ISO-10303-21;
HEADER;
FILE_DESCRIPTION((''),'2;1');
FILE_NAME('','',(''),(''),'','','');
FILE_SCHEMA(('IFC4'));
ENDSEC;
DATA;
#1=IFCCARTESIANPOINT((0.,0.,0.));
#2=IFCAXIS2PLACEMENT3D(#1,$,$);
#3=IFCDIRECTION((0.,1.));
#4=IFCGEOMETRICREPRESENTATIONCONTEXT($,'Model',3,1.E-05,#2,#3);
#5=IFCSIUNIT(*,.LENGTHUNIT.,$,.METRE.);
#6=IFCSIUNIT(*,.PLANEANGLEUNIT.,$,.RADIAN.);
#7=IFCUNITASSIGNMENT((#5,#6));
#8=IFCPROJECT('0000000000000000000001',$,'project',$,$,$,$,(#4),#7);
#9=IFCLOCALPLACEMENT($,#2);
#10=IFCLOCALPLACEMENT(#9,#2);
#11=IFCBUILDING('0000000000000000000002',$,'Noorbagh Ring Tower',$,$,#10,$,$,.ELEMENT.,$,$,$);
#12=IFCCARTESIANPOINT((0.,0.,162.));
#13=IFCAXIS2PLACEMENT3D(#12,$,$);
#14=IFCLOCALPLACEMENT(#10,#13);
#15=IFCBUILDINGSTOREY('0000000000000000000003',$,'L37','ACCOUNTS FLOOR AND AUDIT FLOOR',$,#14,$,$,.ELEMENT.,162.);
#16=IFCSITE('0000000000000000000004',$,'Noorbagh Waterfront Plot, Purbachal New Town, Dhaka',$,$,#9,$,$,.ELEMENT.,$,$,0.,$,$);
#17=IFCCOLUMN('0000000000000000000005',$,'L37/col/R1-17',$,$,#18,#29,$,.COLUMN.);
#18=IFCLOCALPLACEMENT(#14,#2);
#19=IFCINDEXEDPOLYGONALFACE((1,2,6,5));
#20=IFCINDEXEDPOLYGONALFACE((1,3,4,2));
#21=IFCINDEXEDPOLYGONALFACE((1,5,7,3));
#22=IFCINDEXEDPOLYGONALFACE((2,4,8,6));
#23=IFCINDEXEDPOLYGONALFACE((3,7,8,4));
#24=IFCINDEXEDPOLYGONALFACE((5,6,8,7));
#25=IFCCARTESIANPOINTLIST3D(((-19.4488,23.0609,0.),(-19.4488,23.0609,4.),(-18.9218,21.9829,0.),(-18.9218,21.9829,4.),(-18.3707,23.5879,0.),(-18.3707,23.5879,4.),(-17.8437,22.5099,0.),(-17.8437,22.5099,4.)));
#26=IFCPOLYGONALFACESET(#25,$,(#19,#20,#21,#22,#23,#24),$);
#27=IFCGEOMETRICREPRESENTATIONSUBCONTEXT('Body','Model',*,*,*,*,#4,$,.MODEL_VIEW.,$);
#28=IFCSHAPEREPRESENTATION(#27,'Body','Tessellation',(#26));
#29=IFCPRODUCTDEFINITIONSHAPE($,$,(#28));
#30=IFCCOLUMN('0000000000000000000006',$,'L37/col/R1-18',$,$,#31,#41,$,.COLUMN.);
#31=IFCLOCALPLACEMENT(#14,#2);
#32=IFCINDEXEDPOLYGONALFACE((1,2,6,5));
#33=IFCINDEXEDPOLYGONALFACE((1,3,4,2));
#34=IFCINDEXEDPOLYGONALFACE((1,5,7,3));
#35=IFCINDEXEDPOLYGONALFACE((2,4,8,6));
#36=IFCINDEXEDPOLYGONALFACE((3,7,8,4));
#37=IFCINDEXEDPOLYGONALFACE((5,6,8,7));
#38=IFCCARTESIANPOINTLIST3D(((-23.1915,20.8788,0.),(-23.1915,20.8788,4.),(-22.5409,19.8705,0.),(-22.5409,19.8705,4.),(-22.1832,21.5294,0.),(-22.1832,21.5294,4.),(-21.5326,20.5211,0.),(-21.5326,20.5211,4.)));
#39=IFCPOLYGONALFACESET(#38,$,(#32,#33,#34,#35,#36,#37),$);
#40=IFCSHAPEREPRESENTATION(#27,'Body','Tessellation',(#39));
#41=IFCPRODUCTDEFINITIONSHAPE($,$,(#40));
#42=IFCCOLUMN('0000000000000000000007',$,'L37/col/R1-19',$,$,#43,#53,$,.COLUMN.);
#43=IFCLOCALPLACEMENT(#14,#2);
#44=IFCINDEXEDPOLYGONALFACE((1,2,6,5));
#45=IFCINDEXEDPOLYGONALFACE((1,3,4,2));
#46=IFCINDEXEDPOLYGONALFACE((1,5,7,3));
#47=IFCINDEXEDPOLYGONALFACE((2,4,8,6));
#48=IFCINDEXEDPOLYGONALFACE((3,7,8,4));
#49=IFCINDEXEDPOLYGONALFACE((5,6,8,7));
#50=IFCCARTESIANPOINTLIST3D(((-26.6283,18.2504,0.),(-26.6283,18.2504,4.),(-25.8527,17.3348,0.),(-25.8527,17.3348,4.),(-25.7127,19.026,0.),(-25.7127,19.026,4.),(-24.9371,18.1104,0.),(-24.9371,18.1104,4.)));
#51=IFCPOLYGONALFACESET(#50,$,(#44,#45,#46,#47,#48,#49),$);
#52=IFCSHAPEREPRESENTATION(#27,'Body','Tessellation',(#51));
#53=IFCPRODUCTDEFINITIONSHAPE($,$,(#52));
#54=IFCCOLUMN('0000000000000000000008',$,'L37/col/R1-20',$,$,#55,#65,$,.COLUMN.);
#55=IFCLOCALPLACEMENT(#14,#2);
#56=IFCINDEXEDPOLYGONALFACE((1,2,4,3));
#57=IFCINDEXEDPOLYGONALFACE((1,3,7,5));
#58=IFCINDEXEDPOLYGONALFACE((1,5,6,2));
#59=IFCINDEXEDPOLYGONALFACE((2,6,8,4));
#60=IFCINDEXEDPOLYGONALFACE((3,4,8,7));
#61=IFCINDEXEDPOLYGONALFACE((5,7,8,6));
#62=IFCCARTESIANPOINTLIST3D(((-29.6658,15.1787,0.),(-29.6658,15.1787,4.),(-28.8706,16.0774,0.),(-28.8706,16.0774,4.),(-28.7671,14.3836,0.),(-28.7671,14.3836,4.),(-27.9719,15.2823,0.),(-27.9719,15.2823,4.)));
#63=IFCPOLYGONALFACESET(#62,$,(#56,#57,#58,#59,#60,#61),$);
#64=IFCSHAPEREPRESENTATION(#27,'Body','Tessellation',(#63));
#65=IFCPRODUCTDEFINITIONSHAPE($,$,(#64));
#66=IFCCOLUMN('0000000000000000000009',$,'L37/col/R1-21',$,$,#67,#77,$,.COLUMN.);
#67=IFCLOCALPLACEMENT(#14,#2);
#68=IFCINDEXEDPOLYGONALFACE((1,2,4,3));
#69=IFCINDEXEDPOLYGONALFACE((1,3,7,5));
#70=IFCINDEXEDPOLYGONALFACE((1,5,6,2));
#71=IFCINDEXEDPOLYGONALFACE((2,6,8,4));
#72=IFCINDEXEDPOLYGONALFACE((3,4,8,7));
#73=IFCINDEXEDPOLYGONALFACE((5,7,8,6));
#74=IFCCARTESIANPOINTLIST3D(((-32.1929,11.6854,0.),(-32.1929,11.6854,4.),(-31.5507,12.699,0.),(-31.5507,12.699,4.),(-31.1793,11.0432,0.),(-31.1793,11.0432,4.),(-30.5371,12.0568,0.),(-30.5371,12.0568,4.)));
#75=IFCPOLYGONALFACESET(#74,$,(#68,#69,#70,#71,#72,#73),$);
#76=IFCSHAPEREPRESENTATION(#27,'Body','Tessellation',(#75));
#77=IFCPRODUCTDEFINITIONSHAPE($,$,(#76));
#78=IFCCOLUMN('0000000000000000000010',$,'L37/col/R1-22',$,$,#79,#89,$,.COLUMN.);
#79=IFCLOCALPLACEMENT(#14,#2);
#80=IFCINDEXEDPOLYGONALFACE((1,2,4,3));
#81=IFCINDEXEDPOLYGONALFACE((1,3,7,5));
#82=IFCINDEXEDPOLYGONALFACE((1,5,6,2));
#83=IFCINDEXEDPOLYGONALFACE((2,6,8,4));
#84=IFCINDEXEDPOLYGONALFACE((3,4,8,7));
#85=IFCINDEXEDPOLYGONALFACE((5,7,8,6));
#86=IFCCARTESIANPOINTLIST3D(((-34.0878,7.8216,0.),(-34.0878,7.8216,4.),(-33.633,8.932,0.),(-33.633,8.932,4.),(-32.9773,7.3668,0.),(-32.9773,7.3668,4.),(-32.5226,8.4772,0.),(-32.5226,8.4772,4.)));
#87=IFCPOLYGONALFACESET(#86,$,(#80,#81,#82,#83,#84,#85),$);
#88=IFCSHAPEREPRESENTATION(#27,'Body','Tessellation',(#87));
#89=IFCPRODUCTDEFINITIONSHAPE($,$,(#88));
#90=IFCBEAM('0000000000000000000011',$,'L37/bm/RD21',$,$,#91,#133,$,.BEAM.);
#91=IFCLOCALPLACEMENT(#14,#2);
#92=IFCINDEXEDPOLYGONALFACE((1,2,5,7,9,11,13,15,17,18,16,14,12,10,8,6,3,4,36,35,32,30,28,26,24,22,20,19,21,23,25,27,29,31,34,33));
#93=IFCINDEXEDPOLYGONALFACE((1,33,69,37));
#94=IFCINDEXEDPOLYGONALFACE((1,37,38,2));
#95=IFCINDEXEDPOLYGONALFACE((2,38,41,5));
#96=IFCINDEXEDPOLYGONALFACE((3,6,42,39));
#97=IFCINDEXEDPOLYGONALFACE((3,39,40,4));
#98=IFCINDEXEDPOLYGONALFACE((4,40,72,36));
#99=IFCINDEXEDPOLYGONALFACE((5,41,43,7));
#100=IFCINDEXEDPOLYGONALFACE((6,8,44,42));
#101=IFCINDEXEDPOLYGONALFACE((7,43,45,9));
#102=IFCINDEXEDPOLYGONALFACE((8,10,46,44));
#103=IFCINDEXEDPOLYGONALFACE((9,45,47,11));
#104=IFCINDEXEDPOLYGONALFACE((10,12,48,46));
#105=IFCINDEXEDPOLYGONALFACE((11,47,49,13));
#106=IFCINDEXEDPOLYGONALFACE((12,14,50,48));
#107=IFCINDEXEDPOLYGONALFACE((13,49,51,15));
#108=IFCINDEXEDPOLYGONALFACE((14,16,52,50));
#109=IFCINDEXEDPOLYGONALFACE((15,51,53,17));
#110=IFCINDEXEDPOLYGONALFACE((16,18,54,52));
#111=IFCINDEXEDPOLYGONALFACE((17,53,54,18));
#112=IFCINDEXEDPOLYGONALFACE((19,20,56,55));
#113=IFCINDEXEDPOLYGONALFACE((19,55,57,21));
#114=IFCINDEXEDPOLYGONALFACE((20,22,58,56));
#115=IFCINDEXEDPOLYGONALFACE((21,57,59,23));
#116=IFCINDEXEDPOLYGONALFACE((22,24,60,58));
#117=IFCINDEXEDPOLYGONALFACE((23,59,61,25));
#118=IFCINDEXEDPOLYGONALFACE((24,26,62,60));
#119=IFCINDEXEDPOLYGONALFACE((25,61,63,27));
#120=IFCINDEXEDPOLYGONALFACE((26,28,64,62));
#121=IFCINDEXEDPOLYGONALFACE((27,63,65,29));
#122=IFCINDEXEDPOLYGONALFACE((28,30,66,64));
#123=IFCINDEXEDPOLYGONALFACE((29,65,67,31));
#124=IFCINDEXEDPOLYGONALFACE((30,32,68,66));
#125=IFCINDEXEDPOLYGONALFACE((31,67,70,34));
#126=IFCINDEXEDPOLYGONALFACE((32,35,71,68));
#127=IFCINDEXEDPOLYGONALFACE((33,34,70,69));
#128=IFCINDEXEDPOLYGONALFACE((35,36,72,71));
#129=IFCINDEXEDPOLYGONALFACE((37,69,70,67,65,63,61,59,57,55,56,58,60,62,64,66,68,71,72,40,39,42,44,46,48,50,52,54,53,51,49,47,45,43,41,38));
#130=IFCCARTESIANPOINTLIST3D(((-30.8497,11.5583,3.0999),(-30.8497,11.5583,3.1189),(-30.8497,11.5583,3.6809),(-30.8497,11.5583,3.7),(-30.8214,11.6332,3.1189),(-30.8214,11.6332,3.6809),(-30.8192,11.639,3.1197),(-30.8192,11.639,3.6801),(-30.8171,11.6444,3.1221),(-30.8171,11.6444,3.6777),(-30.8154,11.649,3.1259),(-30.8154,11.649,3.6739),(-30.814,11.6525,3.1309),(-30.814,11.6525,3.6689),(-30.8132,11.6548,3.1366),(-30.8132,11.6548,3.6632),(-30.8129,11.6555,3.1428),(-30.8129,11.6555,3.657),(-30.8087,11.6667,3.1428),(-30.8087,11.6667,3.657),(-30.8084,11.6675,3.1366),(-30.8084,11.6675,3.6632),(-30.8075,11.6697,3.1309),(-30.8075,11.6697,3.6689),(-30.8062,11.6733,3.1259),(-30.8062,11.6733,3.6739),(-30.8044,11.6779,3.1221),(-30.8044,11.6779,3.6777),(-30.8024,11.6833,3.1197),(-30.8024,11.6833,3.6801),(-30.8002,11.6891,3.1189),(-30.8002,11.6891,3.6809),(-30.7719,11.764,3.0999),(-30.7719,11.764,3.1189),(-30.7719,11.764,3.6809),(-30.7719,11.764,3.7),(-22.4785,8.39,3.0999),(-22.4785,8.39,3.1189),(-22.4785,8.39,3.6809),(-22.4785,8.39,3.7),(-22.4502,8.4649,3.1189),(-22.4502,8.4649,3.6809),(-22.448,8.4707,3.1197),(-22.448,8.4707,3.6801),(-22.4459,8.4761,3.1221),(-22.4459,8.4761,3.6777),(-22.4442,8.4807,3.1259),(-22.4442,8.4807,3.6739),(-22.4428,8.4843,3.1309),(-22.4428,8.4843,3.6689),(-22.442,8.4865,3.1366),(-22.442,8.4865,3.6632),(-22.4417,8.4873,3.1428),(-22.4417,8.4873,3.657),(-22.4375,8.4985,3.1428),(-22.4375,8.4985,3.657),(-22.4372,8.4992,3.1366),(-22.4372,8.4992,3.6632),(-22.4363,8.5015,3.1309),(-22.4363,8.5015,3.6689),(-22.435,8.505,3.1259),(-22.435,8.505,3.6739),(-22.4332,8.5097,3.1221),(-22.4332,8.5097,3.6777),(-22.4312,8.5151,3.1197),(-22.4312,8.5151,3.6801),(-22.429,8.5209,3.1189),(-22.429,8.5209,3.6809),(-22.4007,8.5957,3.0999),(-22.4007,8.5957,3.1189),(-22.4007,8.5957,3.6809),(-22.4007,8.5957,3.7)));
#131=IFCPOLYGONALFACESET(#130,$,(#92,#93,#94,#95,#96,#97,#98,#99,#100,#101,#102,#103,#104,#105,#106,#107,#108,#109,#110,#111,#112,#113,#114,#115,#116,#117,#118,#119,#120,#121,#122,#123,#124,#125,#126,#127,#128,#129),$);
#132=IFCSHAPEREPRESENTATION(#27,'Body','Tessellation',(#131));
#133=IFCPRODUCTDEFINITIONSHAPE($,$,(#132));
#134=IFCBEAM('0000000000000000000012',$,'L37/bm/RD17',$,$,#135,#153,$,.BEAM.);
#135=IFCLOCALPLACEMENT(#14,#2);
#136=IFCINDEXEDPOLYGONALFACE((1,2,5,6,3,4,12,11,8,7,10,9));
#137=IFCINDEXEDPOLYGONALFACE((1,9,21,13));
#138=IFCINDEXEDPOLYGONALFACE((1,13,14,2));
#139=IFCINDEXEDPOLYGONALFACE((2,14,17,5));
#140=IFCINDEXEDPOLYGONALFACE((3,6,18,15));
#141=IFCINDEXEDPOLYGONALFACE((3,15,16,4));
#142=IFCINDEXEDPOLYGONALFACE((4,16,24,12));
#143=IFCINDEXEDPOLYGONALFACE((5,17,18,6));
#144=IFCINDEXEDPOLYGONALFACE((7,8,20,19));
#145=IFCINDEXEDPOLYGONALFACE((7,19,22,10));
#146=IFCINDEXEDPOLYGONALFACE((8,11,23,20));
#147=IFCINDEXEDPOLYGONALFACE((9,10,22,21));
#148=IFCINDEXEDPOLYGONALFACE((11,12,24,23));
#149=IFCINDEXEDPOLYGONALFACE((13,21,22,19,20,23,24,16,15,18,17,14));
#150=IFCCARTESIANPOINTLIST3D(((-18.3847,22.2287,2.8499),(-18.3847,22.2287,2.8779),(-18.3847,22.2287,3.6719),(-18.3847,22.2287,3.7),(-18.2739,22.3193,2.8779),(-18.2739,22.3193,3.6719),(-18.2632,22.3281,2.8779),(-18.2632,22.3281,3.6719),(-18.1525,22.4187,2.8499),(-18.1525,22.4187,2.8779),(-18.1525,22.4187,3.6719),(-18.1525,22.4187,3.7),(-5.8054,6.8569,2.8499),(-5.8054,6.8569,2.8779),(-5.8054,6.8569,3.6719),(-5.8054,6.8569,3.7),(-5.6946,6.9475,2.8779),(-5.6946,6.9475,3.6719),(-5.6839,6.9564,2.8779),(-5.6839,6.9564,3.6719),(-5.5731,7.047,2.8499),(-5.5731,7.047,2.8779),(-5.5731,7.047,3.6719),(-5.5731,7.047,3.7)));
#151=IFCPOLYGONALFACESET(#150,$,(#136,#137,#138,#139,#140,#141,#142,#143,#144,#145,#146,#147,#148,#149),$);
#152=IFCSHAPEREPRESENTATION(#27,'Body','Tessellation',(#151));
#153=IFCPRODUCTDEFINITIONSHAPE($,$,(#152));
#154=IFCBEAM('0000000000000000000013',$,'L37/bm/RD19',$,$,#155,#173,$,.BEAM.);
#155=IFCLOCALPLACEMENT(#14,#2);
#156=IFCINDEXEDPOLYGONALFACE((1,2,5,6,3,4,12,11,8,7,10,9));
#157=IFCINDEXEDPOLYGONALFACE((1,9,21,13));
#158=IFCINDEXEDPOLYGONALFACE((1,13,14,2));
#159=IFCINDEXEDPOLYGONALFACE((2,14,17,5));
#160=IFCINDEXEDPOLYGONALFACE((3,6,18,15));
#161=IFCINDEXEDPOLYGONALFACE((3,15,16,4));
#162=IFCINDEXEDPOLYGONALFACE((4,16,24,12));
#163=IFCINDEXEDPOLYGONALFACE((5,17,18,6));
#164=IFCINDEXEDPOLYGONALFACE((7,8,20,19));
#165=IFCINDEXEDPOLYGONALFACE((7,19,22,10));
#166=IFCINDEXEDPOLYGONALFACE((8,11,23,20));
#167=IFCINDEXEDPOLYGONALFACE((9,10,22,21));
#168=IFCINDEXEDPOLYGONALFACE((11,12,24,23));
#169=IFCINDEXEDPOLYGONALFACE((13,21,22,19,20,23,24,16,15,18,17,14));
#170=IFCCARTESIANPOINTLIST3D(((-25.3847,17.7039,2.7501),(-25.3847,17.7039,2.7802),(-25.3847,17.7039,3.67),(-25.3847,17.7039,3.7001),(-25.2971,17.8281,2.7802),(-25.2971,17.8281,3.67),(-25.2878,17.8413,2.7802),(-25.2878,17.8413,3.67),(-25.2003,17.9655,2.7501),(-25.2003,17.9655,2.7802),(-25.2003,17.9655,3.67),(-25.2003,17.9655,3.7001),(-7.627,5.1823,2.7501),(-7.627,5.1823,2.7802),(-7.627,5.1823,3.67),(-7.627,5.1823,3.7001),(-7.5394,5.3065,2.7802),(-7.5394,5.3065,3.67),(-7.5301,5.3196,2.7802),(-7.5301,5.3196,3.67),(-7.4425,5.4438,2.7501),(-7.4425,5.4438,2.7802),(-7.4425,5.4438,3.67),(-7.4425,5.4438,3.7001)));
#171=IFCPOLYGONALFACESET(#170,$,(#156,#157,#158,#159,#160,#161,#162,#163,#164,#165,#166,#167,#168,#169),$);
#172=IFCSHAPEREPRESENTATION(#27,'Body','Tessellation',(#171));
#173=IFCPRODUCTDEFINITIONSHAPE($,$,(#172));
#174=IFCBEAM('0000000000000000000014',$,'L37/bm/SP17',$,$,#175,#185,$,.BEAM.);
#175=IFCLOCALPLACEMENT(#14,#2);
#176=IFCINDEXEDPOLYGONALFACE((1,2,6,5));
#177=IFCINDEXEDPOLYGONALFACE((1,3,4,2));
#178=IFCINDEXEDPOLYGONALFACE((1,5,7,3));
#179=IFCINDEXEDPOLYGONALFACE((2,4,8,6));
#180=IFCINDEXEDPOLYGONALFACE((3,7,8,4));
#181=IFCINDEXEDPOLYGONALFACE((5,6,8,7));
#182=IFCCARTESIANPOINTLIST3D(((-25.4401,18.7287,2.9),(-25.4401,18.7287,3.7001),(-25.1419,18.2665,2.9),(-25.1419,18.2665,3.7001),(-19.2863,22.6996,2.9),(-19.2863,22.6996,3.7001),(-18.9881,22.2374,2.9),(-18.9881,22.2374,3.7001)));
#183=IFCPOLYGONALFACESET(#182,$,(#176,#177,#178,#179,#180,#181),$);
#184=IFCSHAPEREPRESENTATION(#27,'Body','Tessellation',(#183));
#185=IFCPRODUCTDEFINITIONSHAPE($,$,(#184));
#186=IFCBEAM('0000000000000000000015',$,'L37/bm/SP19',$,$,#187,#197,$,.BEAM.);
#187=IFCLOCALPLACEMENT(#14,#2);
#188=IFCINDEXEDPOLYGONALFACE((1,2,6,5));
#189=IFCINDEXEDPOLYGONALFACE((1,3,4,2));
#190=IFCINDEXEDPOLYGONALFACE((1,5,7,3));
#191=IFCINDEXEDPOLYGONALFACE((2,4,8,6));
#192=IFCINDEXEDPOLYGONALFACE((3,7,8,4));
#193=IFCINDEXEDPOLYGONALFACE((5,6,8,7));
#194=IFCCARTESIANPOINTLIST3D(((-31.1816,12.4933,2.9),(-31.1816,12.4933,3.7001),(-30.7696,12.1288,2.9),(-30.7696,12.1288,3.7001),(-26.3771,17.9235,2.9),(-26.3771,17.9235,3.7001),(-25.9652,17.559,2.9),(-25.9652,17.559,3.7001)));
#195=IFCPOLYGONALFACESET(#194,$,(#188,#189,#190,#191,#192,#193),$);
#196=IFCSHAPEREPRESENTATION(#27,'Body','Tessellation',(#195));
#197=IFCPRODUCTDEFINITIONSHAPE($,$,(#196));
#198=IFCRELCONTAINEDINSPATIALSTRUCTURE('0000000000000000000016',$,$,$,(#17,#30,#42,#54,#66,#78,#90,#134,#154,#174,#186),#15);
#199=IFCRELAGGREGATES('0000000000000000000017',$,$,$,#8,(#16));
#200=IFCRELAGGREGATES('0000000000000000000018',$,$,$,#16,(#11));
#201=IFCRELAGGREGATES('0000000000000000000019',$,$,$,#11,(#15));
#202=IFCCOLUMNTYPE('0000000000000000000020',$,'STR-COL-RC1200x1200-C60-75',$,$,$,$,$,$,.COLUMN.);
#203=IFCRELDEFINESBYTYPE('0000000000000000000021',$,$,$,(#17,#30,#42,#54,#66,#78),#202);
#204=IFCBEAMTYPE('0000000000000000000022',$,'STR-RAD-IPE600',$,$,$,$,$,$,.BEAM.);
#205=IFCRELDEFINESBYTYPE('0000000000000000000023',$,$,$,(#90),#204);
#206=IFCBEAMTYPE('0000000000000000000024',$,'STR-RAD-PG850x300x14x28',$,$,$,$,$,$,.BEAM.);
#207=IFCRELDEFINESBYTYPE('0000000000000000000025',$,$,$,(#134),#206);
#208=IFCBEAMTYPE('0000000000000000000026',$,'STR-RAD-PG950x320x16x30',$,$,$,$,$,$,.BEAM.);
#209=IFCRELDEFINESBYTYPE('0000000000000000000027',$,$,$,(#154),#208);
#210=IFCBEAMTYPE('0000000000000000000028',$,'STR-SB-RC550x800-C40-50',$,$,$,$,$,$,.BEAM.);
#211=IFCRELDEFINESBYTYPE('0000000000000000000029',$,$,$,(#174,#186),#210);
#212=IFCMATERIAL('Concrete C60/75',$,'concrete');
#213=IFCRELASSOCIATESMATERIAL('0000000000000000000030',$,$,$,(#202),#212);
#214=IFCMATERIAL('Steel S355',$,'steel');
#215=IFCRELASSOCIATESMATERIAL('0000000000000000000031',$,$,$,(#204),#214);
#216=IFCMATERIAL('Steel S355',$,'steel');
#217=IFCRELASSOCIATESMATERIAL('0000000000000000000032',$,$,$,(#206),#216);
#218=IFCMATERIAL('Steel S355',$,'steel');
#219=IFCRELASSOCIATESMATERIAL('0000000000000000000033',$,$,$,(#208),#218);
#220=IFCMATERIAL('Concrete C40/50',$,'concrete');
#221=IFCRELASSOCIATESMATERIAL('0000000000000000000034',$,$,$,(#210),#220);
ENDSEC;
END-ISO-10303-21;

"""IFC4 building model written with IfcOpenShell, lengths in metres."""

from ifc_helpers import new_model, si_unit, direction, frame, origin, origin_2d, place, context, subcontext, project, spatial, rectangle, i_section, extrude, material, material_profile, profile_set, type_object, element, save


model = new_model("IFC4")

# Units and contexts
model_context = context("Model", 3, precision=1e-05, world=origin(), true_north=direction((0.0, 1.0)))
body_context = subcontext(model_context, "Body", "Model", "MODEL_VIEW")
ifc_project = project(units=[si_unit("LENGTHUNIT", "METRE"), si_unit("PLANEANGLEUNIT", "RADIAN")], contexts=[model_context])

# Site, building, storey
site_placement = place(None, origin())
site = spatial("IfcSite", under=ifc_project, at=site_placement, Name="Noorbagh Waterfront Plot, Purbachal New Town, Dhaka", CompositionType="ELEMENT", RefElevation=0.0)
building_placement = place(site_placement, origin())
building = spatial("IfcBuilding", under=site, at=building_placement, Name="Noorbagh Ring Tower", CompositionType="ELEMENT")
storey_placement = place(building_placement, frame((0.0, 0.0, 162.0)))
storey = spatial("IfcBuildingStorey", under=building, at=storey_placement, Name="L37", Description="ACCOUNTS FLOOR AND AUDIT FLOOR", CompositionType="ELEMENT", Elevation=162.0)

# Columns
ifc_material_1 = material(Name="Concrete C60/75", Category="concrete")
ifc_material_profile_1 = material_profile(ifc_material_1, rectangle(XDim=1.2, YDim=1.2, at=origin_2d()), Name="RC1200x1200")
ifc_profile_set_1 = profile_set([ifc_material_profile_1], Name="Concrete C60/75")
column_type = type_object("IfcColumnType", Name="STR-COL-RC1200x1200-C60-75", PredefinedType="COLUMN", material=ifc_profile_set_1)
for number, where, z_axis, x_axis, name in (
    (1, (-18.6462, 22.7854, 0.0), (0.0, 0.0, 1.0), (-0.898399, -0.43918, 0.0), "L37/col/R1-17"),
    (2, (-22.3621, 20.7, 0.0), (0.0, 0.0, 1.0), (-0.840248, -0.542203, 0.0), "L37/col/R1-18"),
    (3, (-25.7827, 18.1804, 0.0), (0.0, 0.0, 1.0), (-0.763035, -0.646357, 0.0), "L37/col/R1-19"),
    (4, (-28.8188, 15.2305, 0.0), (0.0, 0.0, 1.0), (-0.662636, -0.748942, 0.0), "L37/col/R1-20"),
    (5, (-31.365, 11.8711, 0.0), (0.0, 0.0, 1.0), (-0.53519, -0.844731, 0.0), "L37/col/R1-21"),
    (6, (-33.3052, 8.1494, 0.0), (0.0, 0.0, 1.0), (-0.378989, -0.925401, 0.0), "L37/col/R1-22"),
):
    element("IfcColumn", number, at=place(storey_placement, frame(where, z_axis=z_axis, x_axis=x_axis)), inside=storey, type_object=column_type, Name=name, PredefinedType="COLUMN", context=body_context, shape_type="SweptSolid", body=[
        extrude(rectangle(XDim=1.2, YDim=1.2, at=origin_2d()), origin(), (0.0, 0.0, 1.0), 4.0),
    ])

# Beams
ifc_material_2 = material(Name="Steel S355", Category="steel")
ifc_material_profile_2 = material_profile(ifc_material_2, i_section(OverallWidth=0.22, OverallDepth=0.6001, WebThickness=0.012, FlangeThickness=0.019, FilletRadius=0.0239, at=origin_2d()), Name="IPE600")
ifc_profile_set_2 = profile_set([ifc_material_profile_2], Name="Steel S355")
beam_type_1 = type_object("IfcBeamType", Name="STR-RAD-IPE600", PredefinedType="BEAM", material=ifc_profile_set_2)
beam_1_placement = place(storey_placement, frame((-30.8108, 11.6611, 3.3999), z_axis=(0.935258, -0.353968, 0.0), x_axis=(0.353968, 0.935258, 0.0)))
element("IfcBeam", 7, at=beam_1_placement, inside=storey, type_object=beam_type_1, Name="L37/bm/RD21", PredefinedType="BEAM", context=body_context, shape_type="SweptSolid", body=[
    extrude(i_section(OverallWidth=0.22, OverallDepth=0.6001, WebThickness=0.012, FlangeThickness=0.019, FilletRadius=0.0239, at=origin_2d()), origin(), (0.0, 0.0, 1.0), 8.9507),
])
ifc_material_3 = material(Name="Steel S355", Category="steel")
ifc_material_profile_3 = material_profile(ifc_material_3, i_section(OverallWidth=0.3, OverallDepth=0.8501, WebThickness=0.0139, FlangeThickness=0.0281, at=origin_2d()), Name="PG850x300x14x28")
ifc_profile_set_3 = profile_set([ifc_material_profile_3], Name="Steel S355")
beam_type_2 = type_object("IfcBeamType", Name="STR-RAD-PG850x300x14x28", PredefinedType="BEAM", material=ifc_profile_set_3)
beam_2_placement = place(storey_placement, frame((-18.2686, 22.3237, 3.2749), z_axis=(0.63331, -0.773898, 0.0), x_axis=(0.773898, 0.63331, 0.0)))
element("IfcBeam", 8, at=beam_2_placement, inside=storey, type_object=beam_type_2, Name="L37/bm/RD17", PredefinedType="BEAM", context=body_context, shape_type="SweptSolid", body=[
    extrude(i_section(OverallWidth=0.3, OverallDepth=0.8501, WebThickness=0.0139, FlangeThickness=0.0281, at=origin_2d()), origin(), (0.0, 0.0, 1.0), 19.8628),
])
ifc_material_4 = material(Name="Steel S355", Category="steel")
ifc_material_profile_4 = material_profile(ifc_material_4, i_section(OverallWidth=0.3201, OverallDepth=0.95, WebThickness=0.0161, FlangeThickness=0.03, at=origin_2d()), Name="PG950x320x16x30")
ifc_profile_set_4 = profile_set([ifc_material_profile_4], Name="Steel S355")
beam_type_3 = type_object("IfcBeamType", Name="STR-RAD-PG950x320x16x30", PredefinedType="BEAM", material=ifc_profile_set_4)
beam_3_placement = place(storey_placement, frame((-25.2925, 17.8347, 3.2251), z_axis=(0.817254, -0.576278, 0.0), x_axis=(0.576278, 0.817254, 0.0)))
element("IfcBeam", 9, at=beam_3_placement, inside=storey, type_object=beam_type_3, Name="L37/bm/RD19", PredefinedType="BEAM", context=body_context, shape_type="SweptSolid", body=[
    extrude(i_section(OverallWidth=0.3201, OverallDepth=0.95, WebThickness=0.0161, FlangeThickness=0.03, at=origin_2d()), origin(), (0.0, 0.0, 1.0), 21.7285),
])
ifc_material_5 = material(Name="Concrete C40/50", Category="concrete")
ifc_material_profile_5 = material_profile(ifc_material_5, rectangle(XDim=0.55, YDim=0.8, at=origin_2d()), Name="RC550x800")
ifc_profile_set_5 = profile_set([ifc_material_profile_5], Name="Concrete C40/50")
beam_type_4 = type_object("IfcBeamType", Name="STR-SB-RC550x800-C40-50", PredefinedType="BEAM", material=ifc_profile_set_5)
beam_4_placement = place(storey_placement, frame((-19.1372, 22.4685, 3.3), z_axis=(-0.84025, -0.542199, 0.0), x_axis=(0.542199, -0.84025, 0.0)))
element("IfcBeam", 10, at=beam_4_placement, inside=storey, type_object=beam_type_4, Name="L37/bm/SP17", PredefinedType="BEAM", context=body_context, shape_type="SweptSolid", body=[
    extrude(rectangle(XDim=0.55, YDim=0.8, at=origin_2d()), origin(), (0.0, 0.0, 1.0), 7.3237),
])
beam_5_placement = place(storey_placement, frame((-26.1711, 17.7412, 3.3), z_axis=(-0.662638, -0.74894, 0.0), x_axis=(0.74894, -0.662638, 0.0)))
element("IfcBeam", 11, at=beam_5_placement, inside=storey, type_object=beam_type_4, Name="L37/bm/SP19", PredefinedType="BEAM", context=body_context, shape_type="SweptSolid", body=[
    extrude(rectangle(XDim=0.55, YDim=0.8, at=origin_2d()), origin(), (0.0, 0.0, 1.0), 7.2505),
])

save(model, "model.ifc")
